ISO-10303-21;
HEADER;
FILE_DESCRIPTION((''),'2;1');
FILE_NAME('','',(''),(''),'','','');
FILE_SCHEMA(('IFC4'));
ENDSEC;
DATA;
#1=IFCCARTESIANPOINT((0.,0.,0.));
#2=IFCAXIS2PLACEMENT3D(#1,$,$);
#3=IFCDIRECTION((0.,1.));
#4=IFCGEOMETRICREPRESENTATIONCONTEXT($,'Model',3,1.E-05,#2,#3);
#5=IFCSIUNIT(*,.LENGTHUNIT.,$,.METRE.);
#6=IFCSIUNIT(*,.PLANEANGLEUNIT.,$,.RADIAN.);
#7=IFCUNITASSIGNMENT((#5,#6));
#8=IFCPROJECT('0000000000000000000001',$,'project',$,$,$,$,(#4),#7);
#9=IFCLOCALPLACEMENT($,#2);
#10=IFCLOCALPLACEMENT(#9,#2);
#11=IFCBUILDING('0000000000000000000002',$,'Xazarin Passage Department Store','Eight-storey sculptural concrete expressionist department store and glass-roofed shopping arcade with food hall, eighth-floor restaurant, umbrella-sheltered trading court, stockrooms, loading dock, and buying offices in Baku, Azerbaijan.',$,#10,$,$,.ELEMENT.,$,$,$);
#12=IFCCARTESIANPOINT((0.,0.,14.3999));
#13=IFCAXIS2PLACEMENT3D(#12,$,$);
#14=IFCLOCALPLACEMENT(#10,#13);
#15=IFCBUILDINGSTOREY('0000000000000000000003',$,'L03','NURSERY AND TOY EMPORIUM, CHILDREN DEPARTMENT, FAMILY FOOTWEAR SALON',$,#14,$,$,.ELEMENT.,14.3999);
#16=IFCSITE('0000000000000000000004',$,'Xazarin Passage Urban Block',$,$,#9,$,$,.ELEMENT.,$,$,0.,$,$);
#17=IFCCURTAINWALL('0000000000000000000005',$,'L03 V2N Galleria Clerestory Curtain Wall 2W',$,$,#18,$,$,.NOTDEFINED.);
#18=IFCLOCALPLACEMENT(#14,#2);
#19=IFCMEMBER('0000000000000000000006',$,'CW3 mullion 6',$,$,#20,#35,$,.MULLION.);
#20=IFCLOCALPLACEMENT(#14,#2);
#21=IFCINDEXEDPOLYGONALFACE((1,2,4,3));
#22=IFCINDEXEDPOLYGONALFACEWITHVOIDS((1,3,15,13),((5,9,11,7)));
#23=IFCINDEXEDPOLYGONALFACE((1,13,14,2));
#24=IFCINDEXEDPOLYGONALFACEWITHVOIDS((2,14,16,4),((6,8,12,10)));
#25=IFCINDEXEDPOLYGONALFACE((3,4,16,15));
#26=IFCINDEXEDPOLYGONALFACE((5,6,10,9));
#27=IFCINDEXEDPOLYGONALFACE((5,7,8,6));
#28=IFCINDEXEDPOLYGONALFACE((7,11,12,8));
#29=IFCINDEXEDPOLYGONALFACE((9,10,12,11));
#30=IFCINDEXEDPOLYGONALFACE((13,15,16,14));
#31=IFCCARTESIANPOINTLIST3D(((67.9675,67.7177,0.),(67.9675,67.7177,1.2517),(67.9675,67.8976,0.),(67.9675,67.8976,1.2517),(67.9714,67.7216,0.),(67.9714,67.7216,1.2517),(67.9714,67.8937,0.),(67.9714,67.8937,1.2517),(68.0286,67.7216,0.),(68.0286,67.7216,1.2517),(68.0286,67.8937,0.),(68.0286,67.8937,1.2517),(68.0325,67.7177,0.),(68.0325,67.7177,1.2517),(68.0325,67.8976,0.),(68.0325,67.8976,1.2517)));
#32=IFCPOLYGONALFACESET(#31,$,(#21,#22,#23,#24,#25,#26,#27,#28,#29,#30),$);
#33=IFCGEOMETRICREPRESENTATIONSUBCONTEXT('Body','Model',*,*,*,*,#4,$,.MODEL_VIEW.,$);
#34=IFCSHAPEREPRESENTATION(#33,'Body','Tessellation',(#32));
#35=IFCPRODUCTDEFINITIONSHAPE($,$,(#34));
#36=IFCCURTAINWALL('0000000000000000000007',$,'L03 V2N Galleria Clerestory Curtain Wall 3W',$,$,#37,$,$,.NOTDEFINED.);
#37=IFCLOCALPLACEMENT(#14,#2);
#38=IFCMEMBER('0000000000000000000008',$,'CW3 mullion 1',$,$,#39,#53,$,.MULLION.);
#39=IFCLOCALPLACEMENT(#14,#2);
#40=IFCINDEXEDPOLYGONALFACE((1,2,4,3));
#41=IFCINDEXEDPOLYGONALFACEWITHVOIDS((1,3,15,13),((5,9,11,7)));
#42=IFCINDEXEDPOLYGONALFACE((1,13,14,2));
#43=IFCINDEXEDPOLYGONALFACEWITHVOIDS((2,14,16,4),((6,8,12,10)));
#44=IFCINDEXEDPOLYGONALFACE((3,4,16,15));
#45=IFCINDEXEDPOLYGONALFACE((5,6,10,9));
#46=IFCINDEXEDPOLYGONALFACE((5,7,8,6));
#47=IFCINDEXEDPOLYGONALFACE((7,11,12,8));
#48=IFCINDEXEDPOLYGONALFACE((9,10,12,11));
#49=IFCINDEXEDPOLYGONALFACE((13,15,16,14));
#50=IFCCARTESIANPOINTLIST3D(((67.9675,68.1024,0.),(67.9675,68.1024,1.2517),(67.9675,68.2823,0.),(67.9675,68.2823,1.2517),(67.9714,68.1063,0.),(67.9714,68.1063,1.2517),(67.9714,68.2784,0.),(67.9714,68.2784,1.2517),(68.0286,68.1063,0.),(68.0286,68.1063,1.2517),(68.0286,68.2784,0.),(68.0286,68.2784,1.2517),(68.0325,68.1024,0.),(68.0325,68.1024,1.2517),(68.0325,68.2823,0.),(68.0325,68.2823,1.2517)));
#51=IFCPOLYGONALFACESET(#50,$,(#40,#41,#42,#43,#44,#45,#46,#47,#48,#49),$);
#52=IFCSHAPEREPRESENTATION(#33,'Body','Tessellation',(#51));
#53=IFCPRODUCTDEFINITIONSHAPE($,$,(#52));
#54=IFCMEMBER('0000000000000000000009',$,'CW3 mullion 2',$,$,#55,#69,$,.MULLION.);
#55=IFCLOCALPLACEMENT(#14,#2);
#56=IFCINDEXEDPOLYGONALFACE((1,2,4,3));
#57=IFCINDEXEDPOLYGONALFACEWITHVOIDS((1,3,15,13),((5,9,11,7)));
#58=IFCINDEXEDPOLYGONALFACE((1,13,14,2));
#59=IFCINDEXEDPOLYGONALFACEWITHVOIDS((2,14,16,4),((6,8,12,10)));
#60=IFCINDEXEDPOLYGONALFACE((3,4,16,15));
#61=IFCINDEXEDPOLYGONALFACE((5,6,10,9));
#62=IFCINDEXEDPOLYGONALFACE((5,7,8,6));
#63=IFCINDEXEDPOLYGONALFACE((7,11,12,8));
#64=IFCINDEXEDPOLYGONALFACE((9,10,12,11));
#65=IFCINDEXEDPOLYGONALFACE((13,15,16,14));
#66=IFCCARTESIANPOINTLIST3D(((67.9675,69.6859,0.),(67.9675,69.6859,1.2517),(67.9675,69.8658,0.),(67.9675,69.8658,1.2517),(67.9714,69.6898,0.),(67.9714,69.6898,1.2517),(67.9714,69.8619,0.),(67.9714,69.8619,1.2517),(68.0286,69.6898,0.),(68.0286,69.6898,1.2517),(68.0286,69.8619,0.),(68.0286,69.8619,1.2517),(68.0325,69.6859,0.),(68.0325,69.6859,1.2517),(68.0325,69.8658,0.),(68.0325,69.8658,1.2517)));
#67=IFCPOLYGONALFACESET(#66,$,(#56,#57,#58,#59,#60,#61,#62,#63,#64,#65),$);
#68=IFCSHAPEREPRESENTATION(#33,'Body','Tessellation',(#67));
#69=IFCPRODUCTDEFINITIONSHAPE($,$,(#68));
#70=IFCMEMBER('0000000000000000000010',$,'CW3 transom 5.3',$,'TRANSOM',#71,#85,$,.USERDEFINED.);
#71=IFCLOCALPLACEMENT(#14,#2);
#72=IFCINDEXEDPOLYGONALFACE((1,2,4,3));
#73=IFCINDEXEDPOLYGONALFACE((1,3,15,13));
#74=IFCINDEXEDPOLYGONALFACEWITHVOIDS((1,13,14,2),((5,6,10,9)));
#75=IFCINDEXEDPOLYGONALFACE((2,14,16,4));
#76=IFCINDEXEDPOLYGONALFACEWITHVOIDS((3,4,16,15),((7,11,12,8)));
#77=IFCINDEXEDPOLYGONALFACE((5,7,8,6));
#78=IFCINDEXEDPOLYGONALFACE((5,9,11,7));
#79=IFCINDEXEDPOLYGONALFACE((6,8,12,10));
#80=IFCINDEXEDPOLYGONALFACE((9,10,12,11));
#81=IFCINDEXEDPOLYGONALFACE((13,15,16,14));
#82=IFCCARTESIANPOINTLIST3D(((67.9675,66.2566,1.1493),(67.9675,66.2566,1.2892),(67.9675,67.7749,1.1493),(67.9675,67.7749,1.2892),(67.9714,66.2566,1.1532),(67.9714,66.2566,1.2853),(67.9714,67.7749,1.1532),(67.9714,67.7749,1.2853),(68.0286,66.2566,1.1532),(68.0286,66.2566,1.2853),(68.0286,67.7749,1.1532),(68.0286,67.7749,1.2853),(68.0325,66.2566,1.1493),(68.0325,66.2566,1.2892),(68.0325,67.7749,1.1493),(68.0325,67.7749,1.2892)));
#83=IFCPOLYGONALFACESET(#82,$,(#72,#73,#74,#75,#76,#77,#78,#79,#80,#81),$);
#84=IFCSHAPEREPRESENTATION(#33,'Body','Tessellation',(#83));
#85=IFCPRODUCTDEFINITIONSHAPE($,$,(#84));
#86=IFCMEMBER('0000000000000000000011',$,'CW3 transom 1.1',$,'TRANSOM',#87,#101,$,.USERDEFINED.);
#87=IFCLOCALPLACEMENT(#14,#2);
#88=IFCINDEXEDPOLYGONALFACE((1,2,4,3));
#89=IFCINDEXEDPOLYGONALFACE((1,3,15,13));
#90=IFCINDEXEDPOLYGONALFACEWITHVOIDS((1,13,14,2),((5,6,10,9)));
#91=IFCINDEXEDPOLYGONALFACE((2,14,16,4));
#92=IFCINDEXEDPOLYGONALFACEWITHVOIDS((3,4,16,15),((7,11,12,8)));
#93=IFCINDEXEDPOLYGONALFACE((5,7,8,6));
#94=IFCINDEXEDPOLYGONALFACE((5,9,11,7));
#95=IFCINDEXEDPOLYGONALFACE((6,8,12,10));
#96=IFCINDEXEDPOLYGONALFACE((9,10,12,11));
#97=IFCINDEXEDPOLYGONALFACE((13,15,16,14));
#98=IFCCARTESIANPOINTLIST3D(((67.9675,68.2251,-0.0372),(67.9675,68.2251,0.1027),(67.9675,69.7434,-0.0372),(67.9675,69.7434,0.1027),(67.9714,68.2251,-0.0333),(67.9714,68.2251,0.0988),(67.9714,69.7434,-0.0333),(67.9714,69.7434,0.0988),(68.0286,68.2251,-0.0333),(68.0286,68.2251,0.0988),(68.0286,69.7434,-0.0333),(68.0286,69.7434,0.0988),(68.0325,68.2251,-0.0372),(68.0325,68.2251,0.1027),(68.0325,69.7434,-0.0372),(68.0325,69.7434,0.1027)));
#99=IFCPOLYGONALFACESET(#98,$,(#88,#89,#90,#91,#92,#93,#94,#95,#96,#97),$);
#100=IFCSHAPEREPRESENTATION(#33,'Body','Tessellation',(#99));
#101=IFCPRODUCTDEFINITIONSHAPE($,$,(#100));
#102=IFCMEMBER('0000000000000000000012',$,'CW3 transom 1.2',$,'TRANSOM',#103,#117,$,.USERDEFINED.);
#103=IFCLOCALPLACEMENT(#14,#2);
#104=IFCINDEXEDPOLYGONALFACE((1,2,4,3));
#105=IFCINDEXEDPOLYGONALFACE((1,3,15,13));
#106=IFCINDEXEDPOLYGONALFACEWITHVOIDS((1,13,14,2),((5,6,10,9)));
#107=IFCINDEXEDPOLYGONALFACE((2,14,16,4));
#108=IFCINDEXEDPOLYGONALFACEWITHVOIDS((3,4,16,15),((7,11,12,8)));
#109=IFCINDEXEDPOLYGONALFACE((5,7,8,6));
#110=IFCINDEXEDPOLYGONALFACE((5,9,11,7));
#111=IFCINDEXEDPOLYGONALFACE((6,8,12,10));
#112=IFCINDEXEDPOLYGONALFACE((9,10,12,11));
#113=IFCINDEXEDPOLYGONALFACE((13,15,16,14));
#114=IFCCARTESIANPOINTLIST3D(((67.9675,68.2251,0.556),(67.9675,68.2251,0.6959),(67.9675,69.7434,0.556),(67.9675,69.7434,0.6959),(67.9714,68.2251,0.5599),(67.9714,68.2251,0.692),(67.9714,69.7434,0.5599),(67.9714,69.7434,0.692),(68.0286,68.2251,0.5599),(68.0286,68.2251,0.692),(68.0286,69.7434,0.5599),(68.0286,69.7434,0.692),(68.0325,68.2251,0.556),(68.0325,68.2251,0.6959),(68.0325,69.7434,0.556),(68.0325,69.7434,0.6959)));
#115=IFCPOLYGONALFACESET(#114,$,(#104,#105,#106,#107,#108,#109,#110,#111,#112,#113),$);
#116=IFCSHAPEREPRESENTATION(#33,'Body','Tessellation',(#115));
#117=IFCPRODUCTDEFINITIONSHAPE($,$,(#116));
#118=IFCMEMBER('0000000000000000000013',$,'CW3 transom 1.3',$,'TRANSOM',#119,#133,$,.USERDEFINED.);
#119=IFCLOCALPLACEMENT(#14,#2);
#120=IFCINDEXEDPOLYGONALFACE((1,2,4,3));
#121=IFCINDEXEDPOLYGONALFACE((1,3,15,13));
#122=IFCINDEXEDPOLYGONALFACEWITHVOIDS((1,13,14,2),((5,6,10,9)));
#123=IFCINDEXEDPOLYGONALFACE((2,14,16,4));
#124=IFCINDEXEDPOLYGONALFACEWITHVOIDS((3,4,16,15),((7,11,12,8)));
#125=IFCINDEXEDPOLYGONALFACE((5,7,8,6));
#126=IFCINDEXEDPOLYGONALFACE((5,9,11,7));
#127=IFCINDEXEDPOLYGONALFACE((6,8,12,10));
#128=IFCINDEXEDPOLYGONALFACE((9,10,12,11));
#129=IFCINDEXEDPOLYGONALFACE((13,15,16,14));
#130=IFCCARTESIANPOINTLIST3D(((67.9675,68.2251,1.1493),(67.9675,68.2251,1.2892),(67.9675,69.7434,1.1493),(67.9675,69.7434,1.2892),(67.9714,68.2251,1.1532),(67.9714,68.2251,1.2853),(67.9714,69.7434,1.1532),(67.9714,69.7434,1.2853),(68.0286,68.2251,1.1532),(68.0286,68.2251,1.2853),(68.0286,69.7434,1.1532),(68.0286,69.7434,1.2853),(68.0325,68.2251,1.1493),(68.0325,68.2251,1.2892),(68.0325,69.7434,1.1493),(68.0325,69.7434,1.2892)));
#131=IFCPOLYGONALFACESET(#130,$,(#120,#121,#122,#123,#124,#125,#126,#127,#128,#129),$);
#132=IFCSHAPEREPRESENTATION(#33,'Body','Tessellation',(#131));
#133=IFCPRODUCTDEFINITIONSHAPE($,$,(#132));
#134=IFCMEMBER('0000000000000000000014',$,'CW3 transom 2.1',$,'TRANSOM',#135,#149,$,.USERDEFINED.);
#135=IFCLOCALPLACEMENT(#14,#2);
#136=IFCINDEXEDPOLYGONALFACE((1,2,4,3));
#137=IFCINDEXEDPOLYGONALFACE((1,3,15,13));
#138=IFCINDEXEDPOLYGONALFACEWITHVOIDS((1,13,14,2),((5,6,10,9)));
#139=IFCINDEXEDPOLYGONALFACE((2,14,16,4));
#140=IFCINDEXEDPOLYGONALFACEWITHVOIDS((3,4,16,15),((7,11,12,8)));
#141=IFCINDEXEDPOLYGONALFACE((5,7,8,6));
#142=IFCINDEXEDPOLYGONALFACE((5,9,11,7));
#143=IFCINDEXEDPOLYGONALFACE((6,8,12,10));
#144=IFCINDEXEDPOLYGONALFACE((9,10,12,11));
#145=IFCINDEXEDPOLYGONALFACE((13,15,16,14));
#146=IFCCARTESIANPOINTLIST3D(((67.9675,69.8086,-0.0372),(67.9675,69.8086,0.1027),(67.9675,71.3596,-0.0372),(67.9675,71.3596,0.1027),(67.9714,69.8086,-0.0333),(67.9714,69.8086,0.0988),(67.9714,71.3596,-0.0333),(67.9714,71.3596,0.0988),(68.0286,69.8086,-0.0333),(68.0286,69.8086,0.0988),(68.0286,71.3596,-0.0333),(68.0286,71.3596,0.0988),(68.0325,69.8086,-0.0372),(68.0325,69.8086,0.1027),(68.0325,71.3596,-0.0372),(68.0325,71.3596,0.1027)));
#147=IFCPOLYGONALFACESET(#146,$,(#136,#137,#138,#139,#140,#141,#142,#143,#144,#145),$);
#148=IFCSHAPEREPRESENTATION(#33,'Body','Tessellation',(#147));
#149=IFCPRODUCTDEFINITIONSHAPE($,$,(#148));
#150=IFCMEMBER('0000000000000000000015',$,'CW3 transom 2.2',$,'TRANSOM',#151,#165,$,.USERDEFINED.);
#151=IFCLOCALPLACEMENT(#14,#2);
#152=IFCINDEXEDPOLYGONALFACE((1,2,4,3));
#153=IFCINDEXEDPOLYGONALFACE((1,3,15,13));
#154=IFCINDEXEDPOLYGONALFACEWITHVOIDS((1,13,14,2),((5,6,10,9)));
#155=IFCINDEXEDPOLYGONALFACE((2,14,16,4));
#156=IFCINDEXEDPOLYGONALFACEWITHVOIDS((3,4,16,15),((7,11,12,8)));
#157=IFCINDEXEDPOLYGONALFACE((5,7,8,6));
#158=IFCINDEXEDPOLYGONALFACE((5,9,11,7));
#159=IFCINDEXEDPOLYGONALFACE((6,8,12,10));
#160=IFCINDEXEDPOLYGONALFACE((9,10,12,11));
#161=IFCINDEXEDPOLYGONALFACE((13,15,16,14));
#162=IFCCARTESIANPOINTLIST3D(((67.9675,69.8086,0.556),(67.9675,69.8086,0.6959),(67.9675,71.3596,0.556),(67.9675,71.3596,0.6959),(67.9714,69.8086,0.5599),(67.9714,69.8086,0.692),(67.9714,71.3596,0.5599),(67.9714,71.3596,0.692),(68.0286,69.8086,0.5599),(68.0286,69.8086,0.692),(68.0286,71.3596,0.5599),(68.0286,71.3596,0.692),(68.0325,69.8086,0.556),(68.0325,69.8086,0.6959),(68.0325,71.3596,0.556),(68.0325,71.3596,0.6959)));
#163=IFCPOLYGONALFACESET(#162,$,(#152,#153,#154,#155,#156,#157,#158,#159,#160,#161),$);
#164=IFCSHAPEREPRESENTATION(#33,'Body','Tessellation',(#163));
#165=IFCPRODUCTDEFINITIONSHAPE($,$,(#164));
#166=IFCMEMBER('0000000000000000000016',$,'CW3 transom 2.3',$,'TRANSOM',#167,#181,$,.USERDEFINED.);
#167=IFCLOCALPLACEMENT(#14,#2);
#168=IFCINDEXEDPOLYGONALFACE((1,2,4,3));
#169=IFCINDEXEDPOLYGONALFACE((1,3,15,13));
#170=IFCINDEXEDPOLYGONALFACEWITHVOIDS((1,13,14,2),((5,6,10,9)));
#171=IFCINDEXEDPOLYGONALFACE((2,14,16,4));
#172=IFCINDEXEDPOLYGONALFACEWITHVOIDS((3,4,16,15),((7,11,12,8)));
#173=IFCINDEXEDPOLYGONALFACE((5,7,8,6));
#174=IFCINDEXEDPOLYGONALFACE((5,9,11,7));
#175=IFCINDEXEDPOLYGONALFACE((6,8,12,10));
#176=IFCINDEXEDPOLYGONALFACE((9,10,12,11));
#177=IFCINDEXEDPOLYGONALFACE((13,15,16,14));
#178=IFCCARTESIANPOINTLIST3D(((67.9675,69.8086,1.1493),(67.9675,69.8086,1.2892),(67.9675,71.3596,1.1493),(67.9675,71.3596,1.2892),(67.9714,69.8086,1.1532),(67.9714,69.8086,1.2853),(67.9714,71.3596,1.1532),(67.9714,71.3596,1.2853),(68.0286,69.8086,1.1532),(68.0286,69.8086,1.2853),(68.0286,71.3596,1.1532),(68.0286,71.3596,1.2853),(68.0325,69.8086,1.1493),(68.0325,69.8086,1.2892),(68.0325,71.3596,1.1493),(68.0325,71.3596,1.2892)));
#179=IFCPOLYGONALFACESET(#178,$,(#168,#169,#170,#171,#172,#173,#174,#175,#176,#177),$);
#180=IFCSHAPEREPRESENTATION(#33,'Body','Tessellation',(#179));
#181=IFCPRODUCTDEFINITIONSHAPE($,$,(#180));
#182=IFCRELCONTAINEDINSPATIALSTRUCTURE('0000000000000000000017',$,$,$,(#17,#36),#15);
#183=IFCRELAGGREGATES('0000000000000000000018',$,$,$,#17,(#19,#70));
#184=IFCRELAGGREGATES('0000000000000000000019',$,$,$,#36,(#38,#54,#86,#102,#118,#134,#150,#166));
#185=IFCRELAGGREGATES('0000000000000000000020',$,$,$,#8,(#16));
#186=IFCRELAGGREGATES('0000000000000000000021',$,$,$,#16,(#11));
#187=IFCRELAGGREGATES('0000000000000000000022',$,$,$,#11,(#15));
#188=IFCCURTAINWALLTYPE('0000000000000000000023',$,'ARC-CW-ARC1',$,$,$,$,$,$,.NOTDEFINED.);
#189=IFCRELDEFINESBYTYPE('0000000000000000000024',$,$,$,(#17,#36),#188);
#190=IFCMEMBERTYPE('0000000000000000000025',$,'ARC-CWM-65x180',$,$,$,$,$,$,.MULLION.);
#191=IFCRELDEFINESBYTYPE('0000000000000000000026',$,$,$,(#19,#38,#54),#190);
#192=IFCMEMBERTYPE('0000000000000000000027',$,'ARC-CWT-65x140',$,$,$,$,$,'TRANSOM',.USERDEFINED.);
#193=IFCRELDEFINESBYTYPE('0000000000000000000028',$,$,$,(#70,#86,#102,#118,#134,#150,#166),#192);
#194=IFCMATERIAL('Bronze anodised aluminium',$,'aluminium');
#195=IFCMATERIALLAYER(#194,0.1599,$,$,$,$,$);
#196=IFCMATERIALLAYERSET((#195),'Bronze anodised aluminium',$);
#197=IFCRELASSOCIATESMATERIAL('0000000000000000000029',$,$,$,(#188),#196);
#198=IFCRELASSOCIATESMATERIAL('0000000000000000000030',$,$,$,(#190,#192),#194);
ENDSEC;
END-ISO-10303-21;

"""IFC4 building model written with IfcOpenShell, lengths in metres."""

from ifc_helpers import new_model, si_unit, direction, frame, origin, origin_2d, place, context, subcontext, project, spatial, hollow_rectangle, extrude, material, layer, layer_set, material_profile, profile_set, type_object, element, aggregate, save


model = new_model("IFC4")

# Units and contexts
model_context = context("Model", 3, precision=1e-05, world=origin(), true_north=direction((0.0, 1.0)))
body_context = subcontext(model_context, "Body", "Model", "MODEL_VIEW")
ifc_project = project(units=[si_unit("LENGTHUNIT", "METRE"), si_unit("PLANEANGLEUNIT", "RADIAN")], contexts=[model_context])

# Site, building, storey
site_placement = place(None, origin())
site = spatial("IfcSite", under=ifc_project, at=site_placement, Name="Xazarin Passage Urban Block", CompositionType="ELEMENT", RefElevation=0.0)
building_placement = place(site_placement, origin())
building = spatial("IfcBuilding", under=site, at=building_placement, Name="Xazarin Passage Department Store", Description="Eight-storey sculptural concrete expressionist department store and glass-roofed shopping arcade with food hall, eighth-floor restaurant, umbrella-sheltered trading court, stockrooms, loading dock, and buying offices in Baku, Azerbaijan.", CompositionType="ELEMENT")
storey_placement = place(building_placement, frame((0.0, 0.0, 14.3999)))
storey = spatial("IfcBuildingStorey", under=building, at=storey_placement, Name="L03", Description="NURSERY AND TOY EMPORIUM, CHILDREN DEPARTMENT, FAMILY FOOTWEAR SALON", CompositionType="ELEMENT", Elevation=14.3999)

# Curtain wall, member
ifc_material_1 = material(Name="Bronze anodised aluminium", Category="aluminium")
ifc_layer_1 = layer(ifc_material_1, 0.1599)
ifc_layer_set_1 = layer_set([ifc_layer_1], Name="Bronze anodised aluminium")
curtain_wall_type = type_object("IfcCurtainWallType", Name="ARC-CW-ARC1", PredefinedType="NOTDEFINED", material=ifc_layer_set_1)
curtain_wall_1_placement = place(storey_placement, origin())
curtain_wall_1 = element("IfcCurtainWall", 1, at=curtain_wall_1_placement, inside=storey, type_object=curtain_wall_type, Name="L03 V2N Galleria Clerestory Curtain Wall 2W", PredefinedType="NOTDEFINED")
ifc_material_profile_1 = material_profile(ifc_material_1, hollow_rectangle(XDim=0.0649, YDim=0.1799, WallThickness=0.0039, at=origin_2d()), Name="ALU 65x180")
ifc_profile_set_1 = profile_set([ifc_material_profile_1], Name="Bronze anodised aluminium")
member_type_1 = type_object("IfcMemberType", Name="ARC-CWM-65x180", PredefinedType="MULLION", material=ifc_profile_set_1)
member_1_placement = place(storey_placement, frame((68.0, 67.8076, 0.0), z_axis=(0.0, 0.0, 1.0), x_axis=(-1.0, 0.0, 0.0)))
member_1 = element("IfcMember", 2, at=member_1_placement, type_object=member_type_1, Name="CW3 mullion 6", PredefinedType="MULLION", context=body_context, shape_type="SweptSolid", body=[
    extrude(hollow_rectangle(XDim=0.0649, YDim=0.1799, WallThickness=0.0039, at=origin_2d()), origin(), (0.0, 0.0, 1.0), 1.2517),
])

# Curtain wall, members
curtain_wall_2_placement = place(storey_placement, origin())
curtain_wall_2 = element("IfcCurtainWall", 3, at=curtain_wall_2_placement, inside=storey, type_object=curtain_wall_type, Name="L03 V2N Galleria Clerestory Curtain Wall 3W", PredefinedType="NOTDEFINED")
member_2_placement = place(storey_placement, frame((68.0, 68.1924, 0.0), z_axis=(0.0, 0.0, 1.0), x_axis=(-1.0, 0.0, 0.0)))
member_2 = element("IfcMember", 4, at=member_2_placement, type_object=member_type_1, Name="CW3 mullion 1", PredefinedType="MULLION", context=body_context, shape_type="SweptSolid", body=[
    extrude(hollow_rectangle(XDim=0.0649, YDim=0.1799, WallThickness=0.0039, at=origin_2d()), origin(), (0.0, 0.0, 1.0), 1.2517),
])
member_3_placement = place(storey_placement, frame((68.0, 69.7759, 0.0), z_axis=(0.0, 0.0, 1.0), x_axis=(-1.0, 0.0, 0.0)))
member_3 = element("IfcMember", 5, at=member_3_placement, type_object=member_type_1, Name="CW3 mullion 2", PredefinedType="MULLION", context=body_context, shape_type="SweptSolid", body=[
    extrude(hollow_rectangle(XDim=0.0649, YDim=0.1799, WallThickness=0.0039, at=origin_2d()), origin(), (0.0, 0.0, 1.0), 1.2517),
])

# Members
ifc_material_profile_2 = material_profile(ifc_material_1, hollow_rectangle(XDim=0.0649, YDim=0.1399, WallThickness=0.0039, at=origin_2d()), Name="ALU 65x140")
ifc_profile_set_2 = profile_set([ifc_material_profile_2], Name="Bronze anodised aluminium")
member_type_2 = type_object("IfcMemberType", Name="ARC-CWT-65x140", ElementType="TRANSOM", PredefinedType="USERDEFINED", material=ifc_profile_set_2)
member_4_placement = place(storey_placement, frame((68.0, 66.2566, 1.2192), z_axis=(0.0, 1.0, 0.0), x_axis=(-1.0, 0.0, 0.0)))
member_4 = element("IfcMember", 6, at=member_4_placement, type_object=member_type_2, Name="CW3 transom 5.3", ObjectType="TRANSOM", PredefinedType="USERDEFINED", context=body_context, shape_type="SweptSolid", body=[
    extrude(hollow_rectangle(XDim=0.0649, YDim=0.1399, WallThickness=0.0039, at=origin_2d()), origin(), (0.0, 0.0, 1.0), 1.5183),
])
member_5_placement = place(storey_placement, frame((68.0, 68.2251, 0.0327), z_axis=(0.0, 1.0, 0.0), x_axis=(-1.0, 0.0, 0.0)))
member_5 = element("IfcMember", 7, at=member_5_placement, type_object=member_type_2, Name="CW3 transom 1.1", ObjectType="TRANSOM", PredefinedType="USERDEFINED", context=body_context, shape_type="SweptSolid", body=[
    extrude(hollow_rectangle(XDim=0.0649, YDim=0.1399, WallThickness=0.0039, at=origin_2d()), origin(), (0.0, 0.0, 1.0), 1.5183),
])
member_6_placement = place(storey_placement, frame((68.0, 68.2251, 0.626), z_axis=(0.0, 1.0, 0.0), x_axis=(-1.0, 0.0, 0.0)))
member_6 = element("IfcMember", 8, at=member_6_placement, type_object=member_type_2, Name="CW3 transom 1.2", ObjectType="TRANSOM", PredefinedType="USERDEFINED", context=body_context, shape_type="SweptSolid", body=[
    extrude(hollow_rectangle(XDim=0.0649, YDim=0.1399, WallThickness=0.0039, at=origin_2d()), origin(), (0.0, 0.0, 1.0), 1.5183),
])
member_7_placement = place(storey_placement, frame((68.0, 68.2251, 1.2192), z_axis=(0.0, 1.0, 0.0), x_axis=(-1.0, 0.0, 0.0)))
member_7 = element("IfcMember", 9, at=member_7_placement, type_object=member_type_2, Name="CW3 transom 1.3", ObjectType="TRANSOM", PredefinedType="USERDEFINED", context=body_context, shape_type="SweptSolid", body=[
    extrude(hollow_rectangle(XDim=0.0649, YDim=0.1399, WallThickness=0.0039, at=origin_2d()), origin(), (0.0, 0.0, 1.0), 1.5183),
])
member_8_placement = place(storey_placement, frame((68.0, 69.8086, 0.0327), z_axis=(0.0, 1.0, 0.0), x_axis=(-1.0, 0.0, 0.0)))
member_8 = element("IfcMember", 10, at=member_8_placement, type_object=member_type_2, Name="CW3 transom 2.1", ObjectType="TRANSOM", PredefinedType="USERDEFINED", context=body_context, shape_type="SweptSolid", body=[
    extrude(hollow_rectangle(XDim=0.0649, YDim=0.1399, WallThickness=0.0039, at=origin_2d()), origin(), (0.0, 0.0, 1.0), 1.551),
])
member_9_placement = place(storey_placement, frame((68.0, 69.8086, 0.626), z_axis=(0.0, 1.0, 0.0), x_axis=(-1.0, 0.0, 0.0)))
member_9 = element("IfcMember", 11, at=member_9_placement, type_object=member_type_2, Name="CW3 transom 2.2", ObjectType="TRANSOM", PredefinedType="USERDEFINED", context=body_context, shape_type="SweptSolid", body=[
    extrude(hollow_rectangle(XDim=0.0649, YDim=0.1399, WallThickness=0.0039, at=origin_2d()), origin(), (0.0, 0.0, 1.0), 1.551),
])
member_10_placement = place(storey_placement, frame((68.0, 69.8086, 1.2192), z_axis=(0.0, 1.0, 0.0), x_axis=(-1.0, 0.0, 0.0)))
member_10 = element("IfcMember", 12, at=member_10_placement, type_object=member_type_2, Name="CW3 transom 2.3", ObjectType="TRANSOM", PredefinedType="USERDEFINED", context=body_context, shape_type="SweptSolid", body=[
    extrude(hollow_rectangle(XDim=0.0649, YDim=0.1399, WallThickness=0.0039, at=origin_2d()), origin(), (0.0, 0.0, 1.0), 1.551),
])

aggregate(curtain_wall_1, [member_1, member_4])
aggregate(curtain_wall_2, [member_2, member_3, member_5, member_6, member_7, member_8, member_9, member_10])

save(model, "model.ifc")
